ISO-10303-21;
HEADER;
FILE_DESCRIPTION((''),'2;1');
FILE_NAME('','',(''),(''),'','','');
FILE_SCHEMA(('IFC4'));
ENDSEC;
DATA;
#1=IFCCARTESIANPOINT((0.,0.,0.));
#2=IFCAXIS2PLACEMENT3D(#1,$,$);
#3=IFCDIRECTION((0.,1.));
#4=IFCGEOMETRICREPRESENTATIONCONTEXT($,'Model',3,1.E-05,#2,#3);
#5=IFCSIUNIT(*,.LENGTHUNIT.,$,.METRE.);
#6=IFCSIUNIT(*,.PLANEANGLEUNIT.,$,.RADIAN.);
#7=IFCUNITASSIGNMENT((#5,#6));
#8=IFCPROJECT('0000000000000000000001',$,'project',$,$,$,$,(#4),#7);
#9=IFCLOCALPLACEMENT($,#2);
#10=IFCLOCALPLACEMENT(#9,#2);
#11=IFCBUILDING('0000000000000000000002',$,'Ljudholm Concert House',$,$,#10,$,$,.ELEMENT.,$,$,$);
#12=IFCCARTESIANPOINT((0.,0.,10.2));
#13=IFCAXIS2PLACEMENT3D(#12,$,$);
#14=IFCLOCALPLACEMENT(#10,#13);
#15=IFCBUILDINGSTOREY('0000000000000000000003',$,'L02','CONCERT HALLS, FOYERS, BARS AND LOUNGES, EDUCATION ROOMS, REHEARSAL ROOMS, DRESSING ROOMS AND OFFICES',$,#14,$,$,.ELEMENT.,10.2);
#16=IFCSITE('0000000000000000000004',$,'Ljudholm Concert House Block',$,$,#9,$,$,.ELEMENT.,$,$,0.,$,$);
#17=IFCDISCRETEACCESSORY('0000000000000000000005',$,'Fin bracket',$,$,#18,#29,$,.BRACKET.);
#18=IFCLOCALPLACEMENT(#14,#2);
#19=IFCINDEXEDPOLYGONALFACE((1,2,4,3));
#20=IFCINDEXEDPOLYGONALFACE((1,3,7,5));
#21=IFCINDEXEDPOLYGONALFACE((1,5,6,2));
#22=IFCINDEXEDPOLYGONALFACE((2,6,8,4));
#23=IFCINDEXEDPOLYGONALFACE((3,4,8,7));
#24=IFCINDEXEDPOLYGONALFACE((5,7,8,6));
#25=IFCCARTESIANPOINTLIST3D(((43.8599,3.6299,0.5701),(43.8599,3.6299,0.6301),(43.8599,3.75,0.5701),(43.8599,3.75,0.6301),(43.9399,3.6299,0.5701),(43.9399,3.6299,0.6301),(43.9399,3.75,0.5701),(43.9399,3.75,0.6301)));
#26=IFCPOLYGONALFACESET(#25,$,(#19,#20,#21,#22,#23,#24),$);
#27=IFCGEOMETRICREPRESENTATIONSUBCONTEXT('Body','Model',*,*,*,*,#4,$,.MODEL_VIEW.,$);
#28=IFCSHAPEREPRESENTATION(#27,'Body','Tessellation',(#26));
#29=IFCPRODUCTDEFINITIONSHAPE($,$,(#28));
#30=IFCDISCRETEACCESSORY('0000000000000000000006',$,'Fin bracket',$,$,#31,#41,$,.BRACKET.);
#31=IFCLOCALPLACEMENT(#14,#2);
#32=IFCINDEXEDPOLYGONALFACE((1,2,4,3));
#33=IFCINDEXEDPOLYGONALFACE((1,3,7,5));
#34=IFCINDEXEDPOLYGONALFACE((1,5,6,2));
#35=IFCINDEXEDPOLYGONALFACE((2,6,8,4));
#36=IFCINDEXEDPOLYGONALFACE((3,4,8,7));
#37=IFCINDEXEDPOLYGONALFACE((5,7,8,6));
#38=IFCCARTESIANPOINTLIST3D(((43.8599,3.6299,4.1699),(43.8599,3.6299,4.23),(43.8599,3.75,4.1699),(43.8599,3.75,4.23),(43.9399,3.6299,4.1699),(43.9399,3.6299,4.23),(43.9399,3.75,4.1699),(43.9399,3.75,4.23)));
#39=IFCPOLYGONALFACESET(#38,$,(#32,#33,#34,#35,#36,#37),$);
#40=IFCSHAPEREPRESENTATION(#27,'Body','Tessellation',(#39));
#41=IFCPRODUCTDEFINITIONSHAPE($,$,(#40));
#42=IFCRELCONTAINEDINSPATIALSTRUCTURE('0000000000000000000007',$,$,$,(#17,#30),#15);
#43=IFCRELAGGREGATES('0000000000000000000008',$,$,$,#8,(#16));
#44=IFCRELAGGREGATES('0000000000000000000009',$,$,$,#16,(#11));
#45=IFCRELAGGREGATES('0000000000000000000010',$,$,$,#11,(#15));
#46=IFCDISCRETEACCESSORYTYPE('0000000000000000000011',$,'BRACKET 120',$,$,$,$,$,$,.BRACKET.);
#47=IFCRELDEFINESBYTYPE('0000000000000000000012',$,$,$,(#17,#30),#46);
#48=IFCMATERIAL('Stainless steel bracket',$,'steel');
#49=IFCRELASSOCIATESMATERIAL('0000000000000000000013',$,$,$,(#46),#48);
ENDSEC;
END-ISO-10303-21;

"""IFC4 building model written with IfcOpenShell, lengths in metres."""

from ifc_helpers import new_model, si_unit, direction, frame, origin, origin_2d, place, context, subcontext, project, spatial, rectangle, extrude, material, type_object, element, save


model = new_model("IFC4")

# Units and contexts
model_context = context("Model", 3, precision=1e-05, world=origin(), true_north=direction((0.0, 1.0)))
body_context = subcontext(model_context, "Body", "Model", "MODEL_VIEW")
ifc_project = project(units=[si_unit("LENGTHUNIT", "METRE"), si_unit("PLANEANGLEUNIT", "RADIAN")], contexts=[model_context])

# Site, building, storey
site_placement = place(None, origin())
site = spatial("IfcSite", under=ifc_project, at=site_placement, Name="Ljudholm Concert House Block", CompositionType="ELEMENT", RefElevation=0.0)
building_placement = place(site_placement, origin())
building = spatial("IfcBuilding", under=site, at=building_placement, Name="Ljudholm Concert House", CompositionType="ELEMENT")
storey_placement = place(building_placement, frame((0.0, 0.0, 10.2)))
storey = spatial("IfcBuildingStorey", under=building, at=storey_placement, Name="L02", Description="CONCERT HALLS, FOYERS, BARS AND LOUNGES, EDUCATION ROOMS, REHEARSAL ROOMS, DRESSING ROOMS AND OFFICES", CompositionType="ELEMENT", Elevation=10.2)

# Discrete accessories
ifc_material_1 = material(Name="Stainless steel bracket", Category="steel")
discrete_accessory_type = type_object("IfcDiscreteAccessoryType", Name="BRACKET 120", PredefinedType="BRACKET", material=ifc_material_1)
for number, where, z_axis, x_axis, name in (
    (1, (43.8999, 3.6899, 0.5701), (0.0, 0.0, 1.0), (0.0, -1.0, 0.0), "Fin bracket"),
    (2, (43.8999, 3.6899, 4.1699), (0.0, 0.0, 1.0), (0.0, -1.0, 0.0), "Fin bracket"),
):
    element("IfcDiscreteAccessory", number, at=place(storey_placement, frame(where, z_axis=z_axis, x_axis=x_axis)), inside=storey, type_object=discrete_accessory_type, Name=name, PredefinedType="BRACKET", context=body_context, shape_type="SweptSolid", body=[
        extrude(rectangle(XDim=0.1201, YDim=0.0801, at=origin_2d()), origin(), (0.0, 0.0, 1.0), 0.0601),
    ])

save(model, "model.ifc")
